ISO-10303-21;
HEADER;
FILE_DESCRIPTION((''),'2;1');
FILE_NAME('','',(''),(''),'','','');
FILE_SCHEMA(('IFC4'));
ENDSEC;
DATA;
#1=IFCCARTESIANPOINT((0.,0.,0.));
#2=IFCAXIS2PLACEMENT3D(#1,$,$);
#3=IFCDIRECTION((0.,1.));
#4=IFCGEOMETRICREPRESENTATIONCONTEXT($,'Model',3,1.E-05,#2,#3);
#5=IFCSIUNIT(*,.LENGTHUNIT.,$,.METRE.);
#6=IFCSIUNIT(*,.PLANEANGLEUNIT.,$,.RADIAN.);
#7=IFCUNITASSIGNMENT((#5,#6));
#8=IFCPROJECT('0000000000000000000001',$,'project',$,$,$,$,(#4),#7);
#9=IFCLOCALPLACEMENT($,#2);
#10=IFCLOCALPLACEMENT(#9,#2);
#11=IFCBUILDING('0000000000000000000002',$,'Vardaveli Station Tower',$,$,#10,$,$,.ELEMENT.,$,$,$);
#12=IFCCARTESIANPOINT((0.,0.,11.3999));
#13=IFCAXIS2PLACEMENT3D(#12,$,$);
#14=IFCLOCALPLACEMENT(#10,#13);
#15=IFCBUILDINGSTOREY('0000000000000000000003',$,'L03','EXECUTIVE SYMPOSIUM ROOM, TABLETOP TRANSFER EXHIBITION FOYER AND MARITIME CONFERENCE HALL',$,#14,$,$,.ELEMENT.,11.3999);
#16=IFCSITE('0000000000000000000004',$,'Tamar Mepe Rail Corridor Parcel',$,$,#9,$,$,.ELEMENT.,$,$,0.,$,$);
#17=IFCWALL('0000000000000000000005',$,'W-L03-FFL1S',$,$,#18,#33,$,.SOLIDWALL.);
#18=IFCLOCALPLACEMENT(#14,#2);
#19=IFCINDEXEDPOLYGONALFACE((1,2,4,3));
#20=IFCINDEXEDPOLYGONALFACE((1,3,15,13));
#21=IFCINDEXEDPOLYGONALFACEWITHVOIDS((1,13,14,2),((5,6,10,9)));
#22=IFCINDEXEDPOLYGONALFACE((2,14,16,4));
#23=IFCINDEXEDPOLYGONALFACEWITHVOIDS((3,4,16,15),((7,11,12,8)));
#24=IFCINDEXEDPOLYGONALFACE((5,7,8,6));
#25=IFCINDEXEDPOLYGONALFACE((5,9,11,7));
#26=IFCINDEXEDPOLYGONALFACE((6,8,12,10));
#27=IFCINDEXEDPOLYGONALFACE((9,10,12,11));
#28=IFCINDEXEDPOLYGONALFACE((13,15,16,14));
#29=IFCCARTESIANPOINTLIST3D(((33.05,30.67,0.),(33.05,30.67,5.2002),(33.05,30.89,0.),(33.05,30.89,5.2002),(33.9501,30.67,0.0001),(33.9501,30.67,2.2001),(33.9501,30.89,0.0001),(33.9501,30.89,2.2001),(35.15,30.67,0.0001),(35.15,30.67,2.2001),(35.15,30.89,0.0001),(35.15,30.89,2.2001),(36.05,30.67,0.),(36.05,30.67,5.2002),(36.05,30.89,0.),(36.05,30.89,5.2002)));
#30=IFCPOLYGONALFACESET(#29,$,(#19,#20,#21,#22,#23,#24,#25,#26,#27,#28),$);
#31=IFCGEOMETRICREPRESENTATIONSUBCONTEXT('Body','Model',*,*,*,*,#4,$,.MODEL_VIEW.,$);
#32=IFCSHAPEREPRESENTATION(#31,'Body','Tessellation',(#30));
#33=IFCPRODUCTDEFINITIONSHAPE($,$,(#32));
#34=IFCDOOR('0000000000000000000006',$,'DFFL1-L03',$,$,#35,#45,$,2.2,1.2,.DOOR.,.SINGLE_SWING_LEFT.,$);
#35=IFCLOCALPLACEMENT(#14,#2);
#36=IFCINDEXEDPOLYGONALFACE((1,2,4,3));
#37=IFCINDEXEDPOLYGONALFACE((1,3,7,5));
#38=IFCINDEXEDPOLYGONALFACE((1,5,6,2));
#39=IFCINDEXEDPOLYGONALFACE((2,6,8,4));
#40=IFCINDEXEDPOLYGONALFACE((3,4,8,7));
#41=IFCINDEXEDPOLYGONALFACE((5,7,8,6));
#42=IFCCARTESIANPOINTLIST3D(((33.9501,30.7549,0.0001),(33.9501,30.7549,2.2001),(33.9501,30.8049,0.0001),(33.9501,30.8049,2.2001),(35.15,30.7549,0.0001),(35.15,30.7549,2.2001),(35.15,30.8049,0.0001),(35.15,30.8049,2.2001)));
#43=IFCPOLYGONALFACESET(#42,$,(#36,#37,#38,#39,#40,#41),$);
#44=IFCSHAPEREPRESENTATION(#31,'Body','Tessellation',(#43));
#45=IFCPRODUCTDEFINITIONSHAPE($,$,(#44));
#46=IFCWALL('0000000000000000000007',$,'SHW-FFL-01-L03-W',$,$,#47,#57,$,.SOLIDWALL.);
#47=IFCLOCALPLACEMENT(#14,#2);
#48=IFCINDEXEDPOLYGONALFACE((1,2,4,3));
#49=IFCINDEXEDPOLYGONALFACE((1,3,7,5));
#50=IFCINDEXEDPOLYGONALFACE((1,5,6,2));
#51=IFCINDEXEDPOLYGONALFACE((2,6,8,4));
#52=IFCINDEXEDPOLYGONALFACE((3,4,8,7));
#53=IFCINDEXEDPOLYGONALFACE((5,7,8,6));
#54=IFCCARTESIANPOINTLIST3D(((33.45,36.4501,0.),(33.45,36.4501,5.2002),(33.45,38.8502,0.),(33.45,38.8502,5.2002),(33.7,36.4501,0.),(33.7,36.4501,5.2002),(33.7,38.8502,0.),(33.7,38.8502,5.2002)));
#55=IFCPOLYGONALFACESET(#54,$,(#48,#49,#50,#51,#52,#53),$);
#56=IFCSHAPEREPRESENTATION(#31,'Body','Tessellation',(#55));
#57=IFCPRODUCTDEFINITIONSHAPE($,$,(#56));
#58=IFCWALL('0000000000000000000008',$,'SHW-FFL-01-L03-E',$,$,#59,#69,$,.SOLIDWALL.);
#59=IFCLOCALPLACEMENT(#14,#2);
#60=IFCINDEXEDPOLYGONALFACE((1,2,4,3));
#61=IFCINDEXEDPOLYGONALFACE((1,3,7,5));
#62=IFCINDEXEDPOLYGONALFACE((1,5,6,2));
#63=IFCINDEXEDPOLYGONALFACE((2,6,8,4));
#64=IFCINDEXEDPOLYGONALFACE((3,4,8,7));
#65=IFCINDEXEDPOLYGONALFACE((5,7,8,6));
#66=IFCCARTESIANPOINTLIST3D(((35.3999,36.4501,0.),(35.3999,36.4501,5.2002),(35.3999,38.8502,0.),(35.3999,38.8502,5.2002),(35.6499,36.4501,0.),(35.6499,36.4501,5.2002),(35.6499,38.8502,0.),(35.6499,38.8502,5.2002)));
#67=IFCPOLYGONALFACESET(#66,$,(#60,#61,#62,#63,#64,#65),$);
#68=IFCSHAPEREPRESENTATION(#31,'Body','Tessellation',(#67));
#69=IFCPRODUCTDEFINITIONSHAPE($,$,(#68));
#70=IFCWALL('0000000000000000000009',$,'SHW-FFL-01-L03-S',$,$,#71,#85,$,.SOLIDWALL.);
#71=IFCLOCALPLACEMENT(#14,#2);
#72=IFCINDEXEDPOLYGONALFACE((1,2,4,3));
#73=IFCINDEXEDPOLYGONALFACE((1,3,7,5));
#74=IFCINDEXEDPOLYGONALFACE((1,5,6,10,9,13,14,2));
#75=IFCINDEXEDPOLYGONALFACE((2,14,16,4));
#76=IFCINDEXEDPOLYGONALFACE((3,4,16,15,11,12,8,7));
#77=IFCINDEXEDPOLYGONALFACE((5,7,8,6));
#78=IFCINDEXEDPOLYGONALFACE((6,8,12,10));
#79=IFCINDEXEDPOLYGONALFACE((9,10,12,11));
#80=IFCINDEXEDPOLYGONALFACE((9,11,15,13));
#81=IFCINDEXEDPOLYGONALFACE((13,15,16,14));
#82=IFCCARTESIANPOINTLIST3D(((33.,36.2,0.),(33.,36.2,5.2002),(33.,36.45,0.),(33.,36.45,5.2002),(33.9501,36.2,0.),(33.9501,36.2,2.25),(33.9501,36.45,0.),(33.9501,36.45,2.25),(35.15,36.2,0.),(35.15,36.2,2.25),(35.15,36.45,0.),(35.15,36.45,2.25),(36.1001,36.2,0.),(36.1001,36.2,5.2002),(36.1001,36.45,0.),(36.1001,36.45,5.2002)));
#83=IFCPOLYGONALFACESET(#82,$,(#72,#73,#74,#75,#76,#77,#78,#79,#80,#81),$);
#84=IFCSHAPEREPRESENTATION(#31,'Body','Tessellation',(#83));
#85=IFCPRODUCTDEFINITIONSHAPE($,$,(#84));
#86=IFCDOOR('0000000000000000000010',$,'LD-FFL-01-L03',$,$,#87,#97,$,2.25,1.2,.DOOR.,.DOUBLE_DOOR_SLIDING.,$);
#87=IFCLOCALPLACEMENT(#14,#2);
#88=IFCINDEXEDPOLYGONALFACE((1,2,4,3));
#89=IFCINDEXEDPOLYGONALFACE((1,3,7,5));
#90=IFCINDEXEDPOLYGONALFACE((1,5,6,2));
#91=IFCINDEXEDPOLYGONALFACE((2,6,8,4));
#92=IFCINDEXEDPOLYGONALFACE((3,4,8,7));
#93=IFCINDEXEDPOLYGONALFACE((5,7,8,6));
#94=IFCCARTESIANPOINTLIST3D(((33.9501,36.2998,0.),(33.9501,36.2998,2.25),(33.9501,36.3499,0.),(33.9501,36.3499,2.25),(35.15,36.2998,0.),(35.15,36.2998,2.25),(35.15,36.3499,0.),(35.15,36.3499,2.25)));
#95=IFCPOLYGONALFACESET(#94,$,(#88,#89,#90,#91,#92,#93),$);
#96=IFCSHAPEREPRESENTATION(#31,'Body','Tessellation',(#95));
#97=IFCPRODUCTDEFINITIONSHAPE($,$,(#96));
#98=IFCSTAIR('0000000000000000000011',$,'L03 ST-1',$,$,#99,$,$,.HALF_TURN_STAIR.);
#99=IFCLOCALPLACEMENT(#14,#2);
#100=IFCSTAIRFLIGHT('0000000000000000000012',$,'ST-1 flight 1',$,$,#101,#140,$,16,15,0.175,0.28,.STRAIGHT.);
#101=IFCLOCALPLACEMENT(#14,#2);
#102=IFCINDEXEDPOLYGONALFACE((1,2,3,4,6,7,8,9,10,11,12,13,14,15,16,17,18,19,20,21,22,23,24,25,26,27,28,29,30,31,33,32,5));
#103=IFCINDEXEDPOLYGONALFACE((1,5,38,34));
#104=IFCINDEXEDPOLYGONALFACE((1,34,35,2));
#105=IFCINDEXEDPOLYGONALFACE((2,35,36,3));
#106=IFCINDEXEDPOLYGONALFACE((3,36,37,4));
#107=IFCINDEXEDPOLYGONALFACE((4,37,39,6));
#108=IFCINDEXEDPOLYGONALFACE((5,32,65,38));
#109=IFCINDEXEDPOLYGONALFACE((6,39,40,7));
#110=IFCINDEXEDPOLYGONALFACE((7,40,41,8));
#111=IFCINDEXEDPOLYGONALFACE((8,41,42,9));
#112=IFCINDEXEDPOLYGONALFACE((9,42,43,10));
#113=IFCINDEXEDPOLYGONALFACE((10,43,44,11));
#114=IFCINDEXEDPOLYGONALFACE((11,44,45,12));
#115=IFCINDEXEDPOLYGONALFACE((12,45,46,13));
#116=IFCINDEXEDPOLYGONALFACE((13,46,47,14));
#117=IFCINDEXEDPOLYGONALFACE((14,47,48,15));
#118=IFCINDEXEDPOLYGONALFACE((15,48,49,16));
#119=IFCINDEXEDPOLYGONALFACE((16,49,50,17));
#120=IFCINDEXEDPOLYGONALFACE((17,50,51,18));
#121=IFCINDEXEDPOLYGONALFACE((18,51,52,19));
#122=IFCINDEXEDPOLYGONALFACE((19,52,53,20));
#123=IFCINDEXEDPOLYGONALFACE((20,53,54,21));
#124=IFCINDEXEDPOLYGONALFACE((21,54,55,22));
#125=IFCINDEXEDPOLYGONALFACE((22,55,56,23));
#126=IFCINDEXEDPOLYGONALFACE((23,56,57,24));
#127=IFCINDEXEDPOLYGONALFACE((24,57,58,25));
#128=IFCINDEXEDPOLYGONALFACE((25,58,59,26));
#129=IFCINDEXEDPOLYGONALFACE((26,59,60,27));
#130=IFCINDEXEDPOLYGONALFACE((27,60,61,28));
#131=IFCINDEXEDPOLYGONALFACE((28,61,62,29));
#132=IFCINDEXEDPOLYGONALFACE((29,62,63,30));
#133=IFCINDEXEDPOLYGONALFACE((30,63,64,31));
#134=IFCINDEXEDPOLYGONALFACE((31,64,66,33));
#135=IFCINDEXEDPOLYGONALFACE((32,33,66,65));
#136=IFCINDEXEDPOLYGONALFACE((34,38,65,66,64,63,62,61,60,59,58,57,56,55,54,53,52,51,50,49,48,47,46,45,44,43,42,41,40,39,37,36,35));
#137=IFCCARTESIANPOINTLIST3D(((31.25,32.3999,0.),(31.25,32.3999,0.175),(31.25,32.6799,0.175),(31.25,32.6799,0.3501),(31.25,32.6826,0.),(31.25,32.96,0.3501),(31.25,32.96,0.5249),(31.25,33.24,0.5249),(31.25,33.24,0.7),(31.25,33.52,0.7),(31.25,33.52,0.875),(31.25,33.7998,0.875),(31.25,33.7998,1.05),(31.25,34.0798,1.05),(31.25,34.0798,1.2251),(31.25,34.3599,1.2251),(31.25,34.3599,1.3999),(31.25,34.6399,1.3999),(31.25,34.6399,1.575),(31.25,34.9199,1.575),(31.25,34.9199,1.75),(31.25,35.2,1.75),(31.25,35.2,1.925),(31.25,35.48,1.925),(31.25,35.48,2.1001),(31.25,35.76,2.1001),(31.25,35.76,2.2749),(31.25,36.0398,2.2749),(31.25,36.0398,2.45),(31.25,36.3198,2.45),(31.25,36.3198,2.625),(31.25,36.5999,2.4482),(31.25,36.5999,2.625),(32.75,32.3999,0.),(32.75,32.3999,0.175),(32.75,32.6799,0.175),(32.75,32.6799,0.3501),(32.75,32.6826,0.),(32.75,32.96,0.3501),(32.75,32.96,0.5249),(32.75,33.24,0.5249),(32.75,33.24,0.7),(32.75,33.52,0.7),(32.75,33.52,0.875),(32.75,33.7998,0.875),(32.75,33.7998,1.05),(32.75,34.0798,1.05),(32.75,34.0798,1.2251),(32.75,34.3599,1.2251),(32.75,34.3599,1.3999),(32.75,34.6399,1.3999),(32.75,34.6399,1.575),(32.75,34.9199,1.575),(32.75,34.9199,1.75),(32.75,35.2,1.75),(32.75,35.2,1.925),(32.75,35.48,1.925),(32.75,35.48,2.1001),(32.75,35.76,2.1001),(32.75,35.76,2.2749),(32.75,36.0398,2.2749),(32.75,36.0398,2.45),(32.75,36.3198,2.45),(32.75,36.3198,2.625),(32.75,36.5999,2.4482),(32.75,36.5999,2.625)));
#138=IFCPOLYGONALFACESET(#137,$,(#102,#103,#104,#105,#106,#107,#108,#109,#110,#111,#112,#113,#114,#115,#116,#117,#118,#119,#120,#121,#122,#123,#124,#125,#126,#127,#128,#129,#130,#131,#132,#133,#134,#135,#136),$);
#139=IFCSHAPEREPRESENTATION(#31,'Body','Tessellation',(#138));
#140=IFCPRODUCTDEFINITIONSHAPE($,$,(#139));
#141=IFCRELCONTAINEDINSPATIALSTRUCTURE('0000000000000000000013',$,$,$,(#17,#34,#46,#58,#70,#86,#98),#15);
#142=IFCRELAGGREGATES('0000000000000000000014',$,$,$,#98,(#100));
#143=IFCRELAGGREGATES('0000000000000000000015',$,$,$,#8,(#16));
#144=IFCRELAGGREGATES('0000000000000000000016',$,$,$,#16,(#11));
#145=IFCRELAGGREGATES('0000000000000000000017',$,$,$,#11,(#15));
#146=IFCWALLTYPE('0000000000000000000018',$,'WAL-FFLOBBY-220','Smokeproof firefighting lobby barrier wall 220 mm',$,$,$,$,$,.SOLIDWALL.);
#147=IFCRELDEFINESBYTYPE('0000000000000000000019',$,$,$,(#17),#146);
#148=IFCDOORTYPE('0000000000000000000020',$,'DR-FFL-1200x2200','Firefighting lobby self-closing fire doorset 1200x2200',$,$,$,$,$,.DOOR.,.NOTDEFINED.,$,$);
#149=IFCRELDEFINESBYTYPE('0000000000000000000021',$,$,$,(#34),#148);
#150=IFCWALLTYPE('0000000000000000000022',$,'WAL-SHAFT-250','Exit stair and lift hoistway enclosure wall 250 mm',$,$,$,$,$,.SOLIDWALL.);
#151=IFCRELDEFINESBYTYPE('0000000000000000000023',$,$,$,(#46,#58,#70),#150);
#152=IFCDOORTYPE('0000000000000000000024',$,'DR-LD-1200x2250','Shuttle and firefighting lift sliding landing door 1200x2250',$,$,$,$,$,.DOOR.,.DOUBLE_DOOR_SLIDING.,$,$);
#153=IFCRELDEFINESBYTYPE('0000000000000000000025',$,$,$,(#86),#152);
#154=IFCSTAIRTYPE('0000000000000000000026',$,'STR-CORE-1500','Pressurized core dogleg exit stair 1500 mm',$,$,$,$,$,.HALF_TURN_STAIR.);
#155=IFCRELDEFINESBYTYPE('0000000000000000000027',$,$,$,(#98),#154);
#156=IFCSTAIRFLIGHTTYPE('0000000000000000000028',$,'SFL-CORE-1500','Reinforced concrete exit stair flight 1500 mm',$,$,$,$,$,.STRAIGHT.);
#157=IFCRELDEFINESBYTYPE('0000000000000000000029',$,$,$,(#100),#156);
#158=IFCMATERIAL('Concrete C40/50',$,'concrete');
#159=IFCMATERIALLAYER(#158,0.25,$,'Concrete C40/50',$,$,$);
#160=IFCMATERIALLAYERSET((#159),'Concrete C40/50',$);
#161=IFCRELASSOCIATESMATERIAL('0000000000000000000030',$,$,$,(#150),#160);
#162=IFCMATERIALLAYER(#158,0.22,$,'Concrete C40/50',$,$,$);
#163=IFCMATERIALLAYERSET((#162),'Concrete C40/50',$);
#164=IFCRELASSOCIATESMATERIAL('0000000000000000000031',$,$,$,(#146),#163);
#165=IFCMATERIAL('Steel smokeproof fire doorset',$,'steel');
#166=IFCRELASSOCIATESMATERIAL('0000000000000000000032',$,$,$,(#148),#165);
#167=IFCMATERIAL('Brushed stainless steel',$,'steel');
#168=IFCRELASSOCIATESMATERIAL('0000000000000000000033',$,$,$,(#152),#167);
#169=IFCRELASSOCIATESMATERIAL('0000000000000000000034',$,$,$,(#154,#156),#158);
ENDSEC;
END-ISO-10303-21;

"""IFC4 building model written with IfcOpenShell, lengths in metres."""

from ifc_helpers import new_model, si_unit, direction, frame, frame_2d, origin, place, context, subcontext, project, spatial, polyline, rectangle, outline, extrude, source, transform, mapped, material, layer, layer_set, type_object, element, fill, aggregate, save


model = new_model("IFC4")

# Units and contexts
model_context = context("Model", 3, precision=1e-05, world=origin(), true_north=direction((0.0, 1.0)))
body_context = subcontext(model_context, "Body", "Model", "MODEL_VIEW")
ifc_project = project(units=[si_unit("LENGTHUNIT", "METRE"), si_unit("PLANEANGLEUNIT", "RADIAN")], contexts=[model_context])

# Site, building, storey
site_placement = place(None, origin())
site = spatial("IfcSite", under=ifc_project, at=site_placement, Name="Tamar Mepe Rail Corridor Parcel", CompositionType="ELEMENT", RefElevation=0.0)
building_placement = place(site_placement, origin())
building = spatial("IfcBuilding", under=site, at=building_placement, Name="Vardaveli Station Tower", CompositionType="ELEMENT")
storey_placement = place(building_placement, frame((0.0, 0.0, 11.3999)))
storey = spatial("IfcBuildingStorey", under=building, at=storey_placement, Name="L03", Description="EXECUTIVE SYMPOSIUM ROOM, TABLETOP TRANSFER EXHIBITION FOYER AND MARITIME CONFERENCE HALL", CompositionType="ELEMENT", Elevation=11.3999)

# Shared definitions
ifc_material_1 = material(Name="Concrete C40/50", Category="concrete")
ifc_layer_1 = layer(ifc_material_1, 0.25, Name="Concrete C40/50")
ifc_layer_set_1 = layer_set([ifc_layer_1], Name="Concrete C40/50")
wall_type_1 = type_object("IfcWallType", Name="WAL-SHAFT-250", Description="Exit stair and lift hoistway enclosure wall 250 mm", PredefinedType="SOLIDWALL", material=ifc_layer_set_1)

# Wall, opening, door
ifc_material_2 = material(Name="Steel smokeproof fire doorset", Category="steel")
ifc_layer_2 = layer(ifc_material_1, 0.22, Name="Concrete C40/50")
ifc_layer_set_2 = layer_set([ifc_layer_2], Name="Concrete C40/50")
wall_type_2 = type_object("IfcWallType", Name="WAL-FFLOBBY-220", Description="Smokeproof firefighting lobby barrier wall 220 mm", PredefinedType="SOLIDWALL", material=ifc_layer_set_2)
shared_shape_1 = source(origin(), body_context, "Body", "SweptSolid", [
    extrude(rectangle(XDim=3.0, YDim=0.22, at=frame_2d((1.5, 0.0))), origin(), (0.0, 0.0, 1.0), 5.2002),
])
wall_1_placement = place(storey_placement, frame((33.05, 30.78, 0.0), z_axis=(0.0, 0.0, 1.0), x_axis=(1.0, 0.0, 0.0)))
wall_1 = element("IfcWall", 1, at=wall_1_placement, inside=storey, type_object=wall_type_2, Name="W-L03-FFL1S", PredefinedType="SOLIDWALL", context=body_context, shape_type="MappedRepresentation", body=[
    mapped(shared_shape_1, transform((0.0, 0.0, 0.0), scale=1.0)),
])
shared_shape_2 = source(origin(), body_context, "Body", "SweptSolid", [
    extrude(rectangle(XDim=1.2, YDim=2.2, at=frame_2d((0.6001, 1.1001))), frame((0.0, 0.1201, 0.0), z_axis=(0.0, -1.0, 0.0), x_axis=(1.0, 0.0, 0.0)), (0.0, 0.0, 1.0), 0.24),
])
opening_1_placement = place(wall_1_placement, frame((0.8999, 0.0, 0.0)))
opening_1 = element("IfcOpeningElement", 2, at=opening_1_placement, cuts=wall_1, PredefinedType="OPENING", context=body_context, shape_type="MappedRepresentation", body=[
    mapped(shared_shape_2, transform((0.0, 0.0, 0.0), scale=1.0)),
])
door_type_1 = type_object("IfcDoorType", Name="DR-FFL-1200x2200", Description="Firefighting lobby self-closing fire doorset 1200x2200", OperationType="NOTDEFINED", PredefinedType="DOOR", material=ifc_material_2)
shared_shape_3 = source(origin(), body_context, "Body", "SweptSolid", [
    extrude(rectangle(XDim=1.2, YDim=2.2, at=frame_2d((0.6001, 1.1001))), frame((0.0, 0.0249, 0.0), z_axis=(0.0, -1.0, 0.0), x_axis=(1.0, 0.0, 0.0)), (0.0, 0.0, 1.0), 0.05),
])
door_1_placement = place(opening_1_placement, origin())
door_1 = element("IfcDoor", 3, at=door_1_placement, inside=storey, type_object=door_type_1, Name="DFFL1-L03", OperationType="SINGLE_SWING_LEFT", OverallHeight=2.2, OverallWidth=1.2, PredefinedType="DOOR", context=body_context, shape_type="MappedRepresentation", body=[
    mapped(shared_shape_3, transform((0.0, 0.0, 0.0), scale=1.0)),
])
fill(opening_1, door_1)

# Walls
shared_shape_4 = source(origin(), body_context, "Body", "SweptSolid", [
    extrude(rectangle(XDim=2.4001, YDim=0.25, at=frame_2d((1.2002, 0.0))), origin(), (0.0, 0.0, 1.0), 5.2002),
])
for number, where, z_axis, x_axis, name in (
    (4, (33.575, 36.45, 0.0), (0.0, 0.0, 1.0), (0.0, 1.0, 0.0), "SHW-FFL-01-L03-W"),
    (5, (35.5249, 36.45, 0.0), (0.0, 0.0, 1.0), (0.0, 1.0, 0.0), "SHW-FFL-01-L03-E"),
):
    element("IfcWall", number, at=place(storey_placement, frame(where, z_axis=z_axis, x_axis=x_axis)), inside=storey, type_object=wall_type_1, Name=name, PredefinedType="SOLIDWALL", context=body_context, shape_type="MappedRepresentation", body=[
        mapped(shared_shape_4, transform((0.0, 0.0, 0.0), scale=1.0)),
    ])

# Wall, opening, door
shared_shape_5 = source(origin(), body_context, "Body", "SweptSolid", [
    extrude(rectangle(XDim=3.1001, YDim=0.25, at=frame_2d((1.55, 0.0))), origin(), (0.0, 0.0, 1.0), 5.2002),
])
wall_2_placement = place(storey_placement, frame((33.0, 36.325, 0.0), z_axis=(0.0, 0.0, 1.0), x_axis=(1.0, 0.0, 0.0)))
wall_2 = element("IfcWall", 6, at=wall_2_placement, inside=storey, type_object=wall_type_1, Name="SHW-FFL-01-L03-S", PredefinedType="SOLIDWALL", context=body_context, shape_type="MappedRepresentation", body=[
    mapped(shared_shape_5, transform((0.0, 0.0, 0.0), scale=1.0)),
])
shared_shape_6 = source(origin(), body_context, "Body", "SweptSolid", [
    extrude(rectangle(XDim=1.2, YDim=2.25, at=frame_2d((0.6001, 1.125))), frame((0.0, 0.135, 0.0), z_axis=(0.0, -1.0, 0.0), x_axis=(1.0, 0.0, 0.0)), (0.0, 0.0, 1.0), 0.27),
])
opening_2_placement = place(wall_2_placement, frame((0.95, 0.0, 0.0)))
opening_2 = element("IfcOpeningElement", 7, at=opening_2_placement, cuts=wall_2, PredefinedType="OPENING", context=body_context, shape_type="MappedRepresentation", body=[
    mapped(shared_shape_6, transform((0.0, 0.0, 0.0), scale=1.0)),
])
ifc_material_3 = material(Name="Brushed stainless steel", Category="steel")
door_type_2 = type_object("IfcDoorType", Name="DR-LD-1200x2250", Description="Shuttle and firefighting lift sliding landing door 1200x2250", OperationType="DOUBLE_DOOR_SLIDING", PredefinedType="DOOR", material=ifc_material_3)
shared_shape_7 = source(origin(), body_context, "Body", "SweptSolid", [
    extrude(rectangle(XDim=1.2, YDim=2.25, at=frame_2d((0.6001, 1.125))), frame((0.0, 0.0249, 0.0), z_axis=(0.0, -1.0, 0.0), x_axis=(1.0, 0.0, 0.0)), (0.0, 0.0, 1.0), 0.05),
])
door_2_placement = place(opening_2_placement, origin())
door_2 = element("IfcDoor", 8, at=door_2_placement, inside=storey, type_object=door_type_2, Name="LD-FFL-01-L03", OperationType="DOUBLE_DOOR_SLIDING", OverallHeight=2.25, OverallWidth=1.2, PredefinedType="DOOR", context=body_context, shape_type="MappedRepresentation", body=[
    mapped(shared_shape_7, transform((0.0, 0.0, 0.0), scale=1.0)),
])
fill(opening_2, door_2)

# Stair, stair flight
stair_type = type_object("IfcStairType", Name="STR-CORE-1500", Description="Pressurized core dogleg exit stair 1500 mm", PredefinedType="HALF_TURN_STAIR", material=ifc_material_1)
stair_placement = place(storey_placement, origin())
stair = element("IfcStair", 9, at=stair_placement, inside=storey, type_object=stair_type, Name="L03 ST-1", PredefinedType="HALF_TURN_STAIR")
stair_flight_type = type_object("IfcStairFlightType", Name="SFL-CORE-1500", Description="Reinforced concrete exit stair flight 1500 mm", PredefinedType="STRAIGHT", material=ifc_material_1)
shared_shape_8 = source(origin(), body_context, "Body", "SweptSolid", [
    extrude(outline(polyline([(0.0, 0.0), (0.0, 0.175), (0.28, 0.175), (0.28, 0.3501), (0.5601, 0.3501), (0.5601, 0.5249), (0.8401, 0.5249), (0.8401, 0.7), (1.1201, 0.7), (1.1201, 0.875), (1.3999, 0.875), (1.3999, 1.05), (1.6799, 1.05), (1.6799, 1.2251), (1.96, 1.2251), (1.96, 1.3999), (2.24, 1.3999), (2.24, 1.575), (2.52, 1.575), (2.52, 1.75), (2.8, 1.75), (2.8, 1.925), (3.0801, 1.925), (3.0801, 2.1001), (3.3601, 2.1001), (3.3601, 2.2749), (3.6399, 2.2749), (3.6399, 2.45), (3.9199, 2.45), (3.9199, 2.625), (4.2, 2.625), (4.2, 2.8), (4.2, 2.4482), (0.2827, 0.0), (0.0, 0.0)])), frame((0.0, 0.75, 0.0), z_axis=(0.0, -1.0, 0.0), x_axis=(1.0, 0.0, 0.0)), (0.0, 0.0, 1.0), 1.5),
])
stair_flight_1_placement = place(storey_placement, frame((32.0, 32.3999, 0.0), z_axis=(0.0, 0.0, 1.0), x_axis=(0.0, 1.0, 0.0)))
stair_flight_1 = element("IfcStairFlight", 10, at=stair_flight_1_placement, type_object=stair_flight_type, Name="ST-1 flight 1", NumberOfRisers=16, NumberOfTreads=15, PredefinedType="STRAIGHT", RiserHeight=0.175, TreadLength=0.28, context=body_context, shape_type="MappedRepresentation", body=[
    mapped(shared_shape_8, transform((0.0, 0.0, 0.0), scale=1.0)),
])
aggregate(stair, [stair_flight_1])

save(model, "model.ifc")
